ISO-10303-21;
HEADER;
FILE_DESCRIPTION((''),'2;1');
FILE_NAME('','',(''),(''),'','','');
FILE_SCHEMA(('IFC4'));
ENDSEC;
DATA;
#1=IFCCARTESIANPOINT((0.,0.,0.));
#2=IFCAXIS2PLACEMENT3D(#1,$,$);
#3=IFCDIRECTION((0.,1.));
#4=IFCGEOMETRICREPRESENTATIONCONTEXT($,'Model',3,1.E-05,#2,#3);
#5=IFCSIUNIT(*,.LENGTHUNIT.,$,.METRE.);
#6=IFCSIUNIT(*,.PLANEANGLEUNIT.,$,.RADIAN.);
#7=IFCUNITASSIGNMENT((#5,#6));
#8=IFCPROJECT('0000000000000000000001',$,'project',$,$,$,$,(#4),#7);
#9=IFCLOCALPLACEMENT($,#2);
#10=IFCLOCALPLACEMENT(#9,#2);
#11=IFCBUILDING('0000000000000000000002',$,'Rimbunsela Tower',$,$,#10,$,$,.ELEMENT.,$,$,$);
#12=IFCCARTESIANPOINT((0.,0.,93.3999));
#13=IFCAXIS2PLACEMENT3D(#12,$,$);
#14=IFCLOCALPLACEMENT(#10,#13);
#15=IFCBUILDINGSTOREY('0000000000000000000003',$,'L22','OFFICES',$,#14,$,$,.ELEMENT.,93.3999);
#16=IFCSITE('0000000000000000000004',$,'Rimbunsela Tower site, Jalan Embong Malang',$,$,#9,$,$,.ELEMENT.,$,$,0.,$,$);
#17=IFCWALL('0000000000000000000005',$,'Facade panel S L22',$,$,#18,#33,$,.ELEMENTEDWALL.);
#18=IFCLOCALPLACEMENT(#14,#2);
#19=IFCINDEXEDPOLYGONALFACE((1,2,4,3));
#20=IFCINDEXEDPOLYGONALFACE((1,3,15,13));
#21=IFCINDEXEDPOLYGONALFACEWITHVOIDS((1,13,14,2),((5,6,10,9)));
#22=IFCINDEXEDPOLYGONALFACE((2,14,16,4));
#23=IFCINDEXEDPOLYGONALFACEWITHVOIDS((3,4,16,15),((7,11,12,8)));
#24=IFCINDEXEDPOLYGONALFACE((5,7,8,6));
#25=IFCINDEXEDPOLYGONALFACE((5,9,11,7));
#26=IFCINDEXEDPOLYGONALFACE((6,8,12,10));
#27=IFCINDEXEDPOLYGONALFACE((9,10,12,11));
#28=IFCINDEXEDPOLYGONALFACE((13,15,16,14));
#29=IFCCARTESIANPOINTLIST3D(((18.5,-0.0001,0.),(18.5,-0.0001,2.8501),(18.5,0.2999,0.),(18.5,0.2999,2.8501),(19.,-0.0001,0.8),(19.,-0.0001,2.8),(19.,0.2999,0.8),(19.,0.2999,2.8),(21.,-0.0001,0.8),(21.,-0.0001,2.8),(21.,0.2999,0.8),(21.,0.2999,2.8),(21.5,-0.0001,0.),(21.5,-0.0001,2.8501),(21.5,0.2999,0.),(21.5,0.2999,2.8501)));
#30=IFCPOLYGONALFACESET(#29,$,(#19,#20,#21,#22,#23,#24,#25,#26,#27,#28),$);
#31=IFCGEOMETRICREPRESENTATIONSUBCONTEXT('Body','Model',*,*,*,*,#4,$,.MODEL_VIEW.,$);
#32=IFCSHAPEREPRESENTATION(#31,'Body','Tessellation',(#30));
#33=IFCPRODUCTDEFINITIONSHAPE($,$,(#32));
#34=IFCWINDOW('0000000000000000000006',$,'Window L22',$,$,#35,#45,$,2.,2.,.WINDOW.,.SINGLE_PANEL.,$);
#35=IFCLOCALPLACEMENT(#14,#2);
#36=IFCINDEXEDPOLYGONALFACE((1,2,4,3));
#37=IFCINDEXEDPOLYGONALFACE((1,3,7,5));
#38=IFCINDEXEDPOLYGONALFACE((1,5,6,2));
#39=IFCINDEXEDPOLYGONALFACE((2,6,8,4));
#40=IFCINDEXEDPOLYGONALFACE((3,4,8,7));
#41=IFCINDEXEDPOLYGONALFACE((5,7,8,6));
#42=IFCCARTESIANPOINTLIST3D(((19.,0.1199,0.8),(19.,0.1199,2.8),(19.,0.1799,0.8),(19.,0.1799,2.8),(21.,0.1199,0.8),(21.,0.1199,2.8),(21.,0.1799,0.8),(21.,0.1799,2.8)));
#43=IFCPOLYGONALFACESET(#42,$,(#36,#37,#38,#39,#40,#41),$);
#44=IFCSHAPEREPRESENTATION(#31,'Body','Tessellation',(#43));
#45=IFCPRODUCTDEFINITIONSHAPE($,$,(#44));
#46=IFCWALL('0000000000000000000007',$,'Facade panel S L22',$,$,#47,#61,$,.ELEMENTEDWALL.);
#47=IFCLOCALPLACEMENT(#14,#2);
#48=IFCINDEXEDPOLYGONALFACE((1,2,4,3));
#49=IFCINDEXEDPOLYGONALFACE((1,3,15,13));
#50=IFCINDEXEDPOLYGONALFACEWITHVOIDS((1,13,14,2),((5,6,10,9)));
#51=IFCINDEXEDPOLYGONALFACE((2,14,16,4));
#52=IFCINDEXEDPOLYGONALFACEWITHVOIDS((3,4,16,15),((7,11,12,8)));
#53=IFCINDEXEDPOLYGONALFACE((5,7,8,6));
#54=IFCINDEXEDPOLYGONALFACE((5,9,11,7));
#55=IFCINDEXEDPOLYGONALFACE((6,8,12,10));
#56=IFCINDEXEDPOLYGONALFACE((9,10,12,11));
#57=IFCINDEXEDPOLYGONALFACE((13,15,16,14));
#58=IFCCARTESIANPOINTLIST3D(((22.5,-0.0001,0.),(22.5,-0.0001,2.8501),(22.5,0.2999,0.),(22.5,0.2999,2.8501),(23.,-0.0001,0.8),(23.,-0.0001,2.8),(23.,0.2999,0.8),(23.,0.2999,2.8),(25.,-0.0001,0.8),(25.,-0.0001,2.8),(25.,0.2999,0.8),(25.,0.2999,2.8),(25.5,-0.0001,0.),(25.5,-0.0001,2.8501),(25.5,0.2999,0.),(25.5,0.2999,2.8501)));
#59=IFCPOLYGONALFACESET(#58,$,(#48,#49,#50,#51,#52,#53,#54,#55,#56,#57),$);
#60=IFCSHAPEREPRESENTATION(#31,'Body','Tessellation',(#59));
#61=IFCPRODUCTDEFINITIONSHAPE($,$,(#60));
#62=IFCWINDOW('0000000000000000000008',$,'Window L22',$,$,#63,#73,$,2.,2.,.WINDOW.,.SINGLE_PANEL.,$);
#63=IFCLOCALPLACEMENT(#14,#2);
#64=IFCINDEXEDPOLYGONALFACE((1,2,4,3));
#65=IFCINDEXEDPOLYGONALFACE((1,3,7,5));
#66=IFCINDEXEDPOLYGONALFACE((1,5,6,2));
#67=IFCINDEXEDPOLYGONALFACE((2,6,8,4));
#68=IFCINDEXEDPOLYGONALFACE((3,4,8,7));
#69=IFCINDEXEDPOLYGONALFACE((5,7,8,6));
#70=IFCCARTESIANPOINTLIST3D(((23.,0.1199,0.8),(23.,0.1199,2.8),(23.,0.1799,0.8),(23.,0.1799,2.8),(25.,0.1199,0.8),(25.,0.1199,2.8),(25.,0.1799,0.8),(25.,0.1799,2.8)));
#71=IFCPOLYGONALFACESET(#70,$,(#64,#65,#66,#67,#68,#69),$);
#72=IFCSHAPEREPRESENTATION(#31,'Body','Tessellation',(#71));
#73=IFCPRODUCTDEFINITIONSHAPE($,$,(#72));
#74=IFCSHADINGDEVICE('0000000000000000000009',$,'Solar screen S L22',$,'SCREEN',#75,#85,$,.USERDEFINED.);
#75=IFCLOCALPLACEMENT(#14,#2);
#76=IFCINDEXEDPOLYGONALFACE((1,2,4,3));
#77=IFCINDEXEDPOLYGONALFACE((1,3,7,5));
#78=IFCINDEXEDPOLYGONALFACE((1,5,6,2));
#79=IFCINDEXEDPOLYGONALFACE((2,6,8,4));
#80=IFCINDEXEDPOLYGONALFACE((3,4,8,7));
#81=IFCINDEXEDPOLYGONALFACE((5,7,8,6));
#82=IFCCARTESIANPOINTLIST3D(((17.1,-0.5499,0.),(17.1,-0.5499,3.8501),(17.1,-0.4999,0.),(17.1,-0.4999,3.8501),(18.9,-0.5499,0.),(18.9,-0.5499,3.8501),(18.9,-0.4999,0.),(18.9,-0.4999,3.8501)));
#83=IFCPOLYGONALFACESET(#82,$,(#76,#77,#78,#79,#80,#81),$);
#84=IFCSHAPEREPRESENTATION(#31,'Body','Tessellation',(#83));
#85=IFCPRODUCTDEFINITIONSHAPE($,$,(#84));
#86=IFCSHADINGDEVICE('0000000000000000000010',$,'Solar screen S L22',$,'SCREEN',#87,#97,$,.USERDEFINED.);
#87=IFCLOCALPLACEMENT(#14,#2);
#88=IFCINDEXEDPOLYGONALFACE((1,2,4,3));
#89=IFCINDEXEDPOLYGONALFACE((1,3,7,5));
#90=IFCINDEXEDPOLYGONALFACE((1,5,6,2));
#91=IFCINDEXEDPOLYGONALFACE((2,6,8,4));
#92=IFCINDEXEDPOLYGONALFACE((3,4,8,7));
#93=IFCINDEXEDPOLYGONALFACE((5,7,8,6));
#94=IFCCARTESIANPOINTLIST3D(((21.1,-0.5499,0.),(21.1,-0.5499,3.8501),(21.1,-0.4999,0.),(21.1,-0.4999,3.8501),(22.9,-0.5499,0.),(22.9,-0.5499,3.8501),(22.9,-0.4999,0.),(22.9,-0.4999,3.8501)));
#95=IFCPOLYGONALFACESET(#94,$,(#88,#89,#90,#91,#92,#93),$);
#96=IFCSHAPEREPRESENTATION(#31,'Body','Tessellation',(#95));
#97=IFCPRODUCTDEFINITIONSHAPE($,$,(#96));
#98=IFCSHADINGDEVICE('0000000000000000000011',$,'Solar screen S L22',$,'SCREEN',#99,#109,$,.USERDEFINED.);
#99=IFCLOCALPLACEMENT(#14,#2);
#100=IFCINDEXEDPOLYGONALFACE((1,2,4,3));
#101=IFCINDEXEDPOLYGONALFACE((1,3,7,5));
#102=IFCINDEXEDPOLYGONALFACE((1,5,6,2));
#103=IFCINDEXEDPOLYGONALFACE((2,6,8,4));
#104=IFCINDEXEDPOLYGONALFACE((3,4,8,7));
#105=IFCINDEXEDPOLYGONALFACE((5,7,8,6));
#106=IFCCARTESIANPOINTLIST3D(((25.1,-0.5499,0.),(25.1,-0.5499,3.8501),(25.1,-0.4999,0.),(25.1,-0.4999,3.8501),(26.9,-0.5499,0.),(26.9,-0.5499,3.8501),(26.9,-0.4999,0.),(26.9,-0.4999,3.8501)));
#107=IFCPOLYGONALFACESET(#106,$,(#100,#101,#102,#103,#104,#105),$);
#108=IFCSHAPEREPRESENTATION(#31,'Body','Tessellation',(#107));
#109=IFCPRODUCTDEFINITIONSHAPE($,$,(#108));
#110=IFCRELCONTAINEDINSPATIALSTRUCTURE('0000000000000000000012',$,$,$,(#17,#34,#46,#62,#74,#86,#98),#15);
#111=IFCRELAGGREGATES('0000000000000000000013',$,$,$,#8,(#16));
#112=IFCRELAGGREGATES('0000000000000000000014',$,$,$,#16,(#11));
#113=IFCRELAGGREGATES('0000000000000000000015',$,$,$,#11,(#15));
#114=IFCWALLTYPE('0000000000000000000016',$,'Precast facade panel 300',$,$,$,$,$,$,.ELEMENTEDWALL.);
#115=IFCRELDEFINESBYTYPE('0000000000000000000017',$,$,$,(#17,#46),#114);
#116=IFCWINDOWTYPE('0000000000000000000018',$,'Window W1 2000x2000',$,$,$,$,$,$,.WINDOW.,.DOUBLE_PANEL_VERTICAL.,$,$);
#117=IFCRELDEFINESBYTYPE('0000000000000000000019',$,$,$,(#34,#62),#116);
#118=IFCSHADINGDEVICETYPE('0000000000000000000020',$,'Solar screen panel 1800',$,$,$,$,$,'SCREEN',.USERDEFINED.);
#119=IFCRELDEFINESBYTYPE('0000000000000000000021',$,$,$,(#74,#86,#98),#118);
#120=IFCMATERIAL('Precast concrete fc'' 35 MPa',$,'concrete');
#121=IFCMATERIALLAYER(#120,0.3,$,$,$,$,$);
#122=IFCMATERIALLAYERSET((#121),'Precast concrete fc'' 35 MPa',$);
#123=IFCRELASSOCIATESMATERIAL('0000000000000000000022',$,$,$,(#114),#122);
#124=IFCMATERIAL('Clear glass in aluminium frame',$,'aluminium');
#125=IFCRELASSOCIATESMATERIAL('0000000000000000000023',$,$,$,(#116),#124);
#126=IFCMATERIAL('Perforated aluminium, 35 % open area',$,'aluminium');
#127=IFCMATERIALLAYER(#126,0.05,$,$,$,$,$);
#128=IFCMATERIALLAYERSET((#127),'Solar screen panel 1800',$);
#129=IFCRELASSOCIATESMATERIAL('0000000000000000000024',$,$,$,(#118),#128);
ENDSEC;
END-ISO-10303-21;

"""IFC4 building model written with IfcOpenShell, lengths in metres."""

from ifc_helpers import new_model, si_unit, direction, frame, frame_2d, origin, origin_2d, place, context, subcontext, project, spatial, rectangle, extrude, material, layer, layer_set, type_object, element, fill, save


model = new_model("IFC4")

# Units and contexts
model_context = context("Model", 3, precision=1e-05, world=origin(), true_north=direction((0.0, 1.0)))
body_context = subcontext(model_context, "Body", "Model", "MODEL_VIEW")
ifc_project = project(units=[si_unit("LENGTHUNIT", "METRE"), si_unit("PLANEANGLEUNIT", "RADIAN")], contexts=[model_context])

# Site, building, storey
site_placement = place(None, origin())
site = spatial("IfcSite", under=ifc_project, at=site_placement, Name="Rimbunsela Tower site, Jalan Embong Malang", CompositionType="ELEMENT", RefElevation=0.0)
building_placement = place(site_placement, origin())
building = spatial("IfcBuilding", under=site, at=building_placement, Name="Rimbunsela Tower", CompositionType="ELEMENT")
storey_placement = place(building_placement, frame((0.0, 0.0, 93.3999)))
storey = spatial("IfcBuildingStorey", under=building, at=storey_placement, Name="L22", Description="OFFICES", CompositionType="ELEMENT", Elevation=93.3999)

# Walls, openings, windows
ifc_material_1 = material(Name="Precast concrete fc' 35 MPa", Category="concrete")
ifc_layer_1 = layer(ifc_material_1, 0.3)
ifc_layer_set_1 = layer_set([ifc_layer_1], Name="Precast concrete fc' 35 MPa")
wall_type_1 = type_object("IfcWallType", Name="Precast facade panel 300", PredefinedType="ELEMENTEDWALL", material=ifc_layer_set_1)
ifc_material_2 = material(Name="Clear glass in aluminium frame", Category="aluminium")
window_type = type_object("IfcWindowType", Name="Window W1 2000x2000", PartitioningType="DOUBLE_PANEL_VERTICAL", PredefinedType="WINDOW", material=ifc_material_2)
wall_1_placement = place(storey_placement, frame((18.5, 0.1499, 0.0), z_axis=(0.0, 0.0, 1.0), x_axis=(1.0, 0.0, 0.0)))
wall_1 = element("IfcWall", 1, at=wall_1_placement, inside=storey, type_object=wall_type_1, Name="Facade panel S L22", PredefinedType="ELEMENTEDWALL", context=body_context, shape_type="SweptSolid", body=[
    extrude(rectangle(XDim=3.0, YDim=0.3, at=frame_2d((1.5, 0.0))), origin(), (0.0, 0.0, 1.0), 2.8501),
])
opening_1_placement = place(wall_1_placement, frame((0.5, 0.0, 0.8)))
opening_1 = element("IfcOpeningElement", 2, at=opening_1_placement, cuts=wall_1, PredefinedType="OPENING", context=body_context, shape_type="SweptSolid", body=[
    extrude(rectangle(XDim=2.0, YDim=2.0, at=frame_2d((1.0, 1.0))), frame((0.0, 0.1599, 0.0), z_axis=(0.0, -1.0, 0.0), x_axis=(1.0, 0.0, 0.0)), (0.0, 0.0, 1.0), 0.3201),
])
window_1_placement = place(opening_1_placement, origin())
window_1 = element("IfcWindow", 3, at=window_1_placement, inside=storey, type_object=window_type, Name="Window L22", OverallHeight=2.0, OverallWidth=2.0, PartitioningType="SINGLE_PANEL", PredefinedType="WINDOW", context=body_context, shape_type="SweptSolid", body=[
    extrude(rectangle(XDim=2.0, YDim=2.0, at=frame_2d((1.0, 1.0))), frame((0.0, 0.03, 0.0), z_axis=(0.0, -1.0, 0.0), x_axis=(1.0, 0.0, 0.0)), (0.0, 0.0, 1.0), 0.0601),
])
fill(opening_1, window_1)
wall_2_placement = place(storey_placement, frame((22.5, 0.1499, 0.0), z_axis=(0.0, 0.0, 1.0), x_axis=(1.0, 0.0, 0.0)))
wall_2 = element("IfcWall", 4, at=wall_2_placement, inside=storey, type_object=wall_type_1, Name="Facade panel S L22", PredefinedType="ELEMENTEDWALL", context=body_context, shape_type="SweptSolid", body=[
    extrude(rectangle(XDim=3.0, YDim=0.3, at=frame_2d((1.5, 0.0))), origin(), (0.0, 0.0, 1.0), 2.8501),
])
opening_2_placement = place(wall_2_placement, frame((0.5, 0.0, 0.8)))
opening_2 = element("IfcOpeningElement", 5, at=opening_2_placement, cuts=wall_2, PredefinedType="OPENING", context=body_context, shape_type="SweptSolid", body=[
    extrude(rectangle(XDim=2.0, YDim=2.0, at=frame_2d((1.0, 1.0))), frame((0.0, 0.1599, 0.0), z_axis=(0.0, -1.0, 0.0), x_axis=(1.0, 0.0, 0.0)), (0.0, 0.0, 1.0), 0.3201),
])
window_2_placement = place(opening_2_placement, origin())
window_2 = element("IfcWindow", 6, at=window_2_placement, inside=storey, type_object=window_type, Name="Window L22", OverallHeight=2.0, OverallWidth=2.0, PartitioningType="SINGLE_PANEL", PredefinedType="WINDOW", context=body_context, shape_type="SweptSolid", body=[
    extrude(rectangle(XDim=2.0, YDim=2.0, at=frame_2d((1.0, 1.0))), frame((0.0, 0.03, 0.0), z_axis=(0.0, -1.0, 0.0), x_axis=(1.0, 0.0, 0.0)), (0.0, 0.0, 1.0), 0.0601),
])
fill(opening_2, window_2)

# Shading devices
ifc_material_3 = material(Name="Perforated aluminium, 35 % open area", Category="aluminium")
ifc_layer_2 = layer(ifc_material_3, 0.05)
ifc_layer_set_2 = layer_set([ifc_layer_2], Name="Solar screen panel 1800")
shading_device_type = type_object("IfcShadingDeviceType", Name="Solar screen panel 1800", ElementType="SCREEN", PredefinedType="USERDEFINED", material=ifc_layer_set_2)
for number, where, z_axis, x_axis, name in (
    (7, (18.0, -0.5249, 0.0), (0.0, 0.0, 1.0), (1.0, 0.0, 0.0), "Solar screen S L22"),
    (8, (22.0, -0.5249, 0.0), (0.0, 0.0, 1.0), (1.0, 0.0, 0.0), "Solar screen S L22"),
    (9, (26.0, -0.5249, 0.0), (0.0, 0.0, 1.0), (1.0, 0.0, 0.0), "Solar screen S L22"),
):
    element("IfcShadingDevice", number, at=place(storey_placement, frame(where, z_axis=z_axis, x_axis=x_axis)), inside=storey, type_object=shading_device_type, Name=name, ObjectType="SCREEN", PredefinedType="USERDEFINED", context=body_context, shape_type="SweptSolid", body=[
        extrude(rectangle(XDim=1.8, YDim=0.05, at=origin_2d()), origin(), (0.0, 0.0, 1.0), 3.8501),
    ])

save(model, "model.ifc")
